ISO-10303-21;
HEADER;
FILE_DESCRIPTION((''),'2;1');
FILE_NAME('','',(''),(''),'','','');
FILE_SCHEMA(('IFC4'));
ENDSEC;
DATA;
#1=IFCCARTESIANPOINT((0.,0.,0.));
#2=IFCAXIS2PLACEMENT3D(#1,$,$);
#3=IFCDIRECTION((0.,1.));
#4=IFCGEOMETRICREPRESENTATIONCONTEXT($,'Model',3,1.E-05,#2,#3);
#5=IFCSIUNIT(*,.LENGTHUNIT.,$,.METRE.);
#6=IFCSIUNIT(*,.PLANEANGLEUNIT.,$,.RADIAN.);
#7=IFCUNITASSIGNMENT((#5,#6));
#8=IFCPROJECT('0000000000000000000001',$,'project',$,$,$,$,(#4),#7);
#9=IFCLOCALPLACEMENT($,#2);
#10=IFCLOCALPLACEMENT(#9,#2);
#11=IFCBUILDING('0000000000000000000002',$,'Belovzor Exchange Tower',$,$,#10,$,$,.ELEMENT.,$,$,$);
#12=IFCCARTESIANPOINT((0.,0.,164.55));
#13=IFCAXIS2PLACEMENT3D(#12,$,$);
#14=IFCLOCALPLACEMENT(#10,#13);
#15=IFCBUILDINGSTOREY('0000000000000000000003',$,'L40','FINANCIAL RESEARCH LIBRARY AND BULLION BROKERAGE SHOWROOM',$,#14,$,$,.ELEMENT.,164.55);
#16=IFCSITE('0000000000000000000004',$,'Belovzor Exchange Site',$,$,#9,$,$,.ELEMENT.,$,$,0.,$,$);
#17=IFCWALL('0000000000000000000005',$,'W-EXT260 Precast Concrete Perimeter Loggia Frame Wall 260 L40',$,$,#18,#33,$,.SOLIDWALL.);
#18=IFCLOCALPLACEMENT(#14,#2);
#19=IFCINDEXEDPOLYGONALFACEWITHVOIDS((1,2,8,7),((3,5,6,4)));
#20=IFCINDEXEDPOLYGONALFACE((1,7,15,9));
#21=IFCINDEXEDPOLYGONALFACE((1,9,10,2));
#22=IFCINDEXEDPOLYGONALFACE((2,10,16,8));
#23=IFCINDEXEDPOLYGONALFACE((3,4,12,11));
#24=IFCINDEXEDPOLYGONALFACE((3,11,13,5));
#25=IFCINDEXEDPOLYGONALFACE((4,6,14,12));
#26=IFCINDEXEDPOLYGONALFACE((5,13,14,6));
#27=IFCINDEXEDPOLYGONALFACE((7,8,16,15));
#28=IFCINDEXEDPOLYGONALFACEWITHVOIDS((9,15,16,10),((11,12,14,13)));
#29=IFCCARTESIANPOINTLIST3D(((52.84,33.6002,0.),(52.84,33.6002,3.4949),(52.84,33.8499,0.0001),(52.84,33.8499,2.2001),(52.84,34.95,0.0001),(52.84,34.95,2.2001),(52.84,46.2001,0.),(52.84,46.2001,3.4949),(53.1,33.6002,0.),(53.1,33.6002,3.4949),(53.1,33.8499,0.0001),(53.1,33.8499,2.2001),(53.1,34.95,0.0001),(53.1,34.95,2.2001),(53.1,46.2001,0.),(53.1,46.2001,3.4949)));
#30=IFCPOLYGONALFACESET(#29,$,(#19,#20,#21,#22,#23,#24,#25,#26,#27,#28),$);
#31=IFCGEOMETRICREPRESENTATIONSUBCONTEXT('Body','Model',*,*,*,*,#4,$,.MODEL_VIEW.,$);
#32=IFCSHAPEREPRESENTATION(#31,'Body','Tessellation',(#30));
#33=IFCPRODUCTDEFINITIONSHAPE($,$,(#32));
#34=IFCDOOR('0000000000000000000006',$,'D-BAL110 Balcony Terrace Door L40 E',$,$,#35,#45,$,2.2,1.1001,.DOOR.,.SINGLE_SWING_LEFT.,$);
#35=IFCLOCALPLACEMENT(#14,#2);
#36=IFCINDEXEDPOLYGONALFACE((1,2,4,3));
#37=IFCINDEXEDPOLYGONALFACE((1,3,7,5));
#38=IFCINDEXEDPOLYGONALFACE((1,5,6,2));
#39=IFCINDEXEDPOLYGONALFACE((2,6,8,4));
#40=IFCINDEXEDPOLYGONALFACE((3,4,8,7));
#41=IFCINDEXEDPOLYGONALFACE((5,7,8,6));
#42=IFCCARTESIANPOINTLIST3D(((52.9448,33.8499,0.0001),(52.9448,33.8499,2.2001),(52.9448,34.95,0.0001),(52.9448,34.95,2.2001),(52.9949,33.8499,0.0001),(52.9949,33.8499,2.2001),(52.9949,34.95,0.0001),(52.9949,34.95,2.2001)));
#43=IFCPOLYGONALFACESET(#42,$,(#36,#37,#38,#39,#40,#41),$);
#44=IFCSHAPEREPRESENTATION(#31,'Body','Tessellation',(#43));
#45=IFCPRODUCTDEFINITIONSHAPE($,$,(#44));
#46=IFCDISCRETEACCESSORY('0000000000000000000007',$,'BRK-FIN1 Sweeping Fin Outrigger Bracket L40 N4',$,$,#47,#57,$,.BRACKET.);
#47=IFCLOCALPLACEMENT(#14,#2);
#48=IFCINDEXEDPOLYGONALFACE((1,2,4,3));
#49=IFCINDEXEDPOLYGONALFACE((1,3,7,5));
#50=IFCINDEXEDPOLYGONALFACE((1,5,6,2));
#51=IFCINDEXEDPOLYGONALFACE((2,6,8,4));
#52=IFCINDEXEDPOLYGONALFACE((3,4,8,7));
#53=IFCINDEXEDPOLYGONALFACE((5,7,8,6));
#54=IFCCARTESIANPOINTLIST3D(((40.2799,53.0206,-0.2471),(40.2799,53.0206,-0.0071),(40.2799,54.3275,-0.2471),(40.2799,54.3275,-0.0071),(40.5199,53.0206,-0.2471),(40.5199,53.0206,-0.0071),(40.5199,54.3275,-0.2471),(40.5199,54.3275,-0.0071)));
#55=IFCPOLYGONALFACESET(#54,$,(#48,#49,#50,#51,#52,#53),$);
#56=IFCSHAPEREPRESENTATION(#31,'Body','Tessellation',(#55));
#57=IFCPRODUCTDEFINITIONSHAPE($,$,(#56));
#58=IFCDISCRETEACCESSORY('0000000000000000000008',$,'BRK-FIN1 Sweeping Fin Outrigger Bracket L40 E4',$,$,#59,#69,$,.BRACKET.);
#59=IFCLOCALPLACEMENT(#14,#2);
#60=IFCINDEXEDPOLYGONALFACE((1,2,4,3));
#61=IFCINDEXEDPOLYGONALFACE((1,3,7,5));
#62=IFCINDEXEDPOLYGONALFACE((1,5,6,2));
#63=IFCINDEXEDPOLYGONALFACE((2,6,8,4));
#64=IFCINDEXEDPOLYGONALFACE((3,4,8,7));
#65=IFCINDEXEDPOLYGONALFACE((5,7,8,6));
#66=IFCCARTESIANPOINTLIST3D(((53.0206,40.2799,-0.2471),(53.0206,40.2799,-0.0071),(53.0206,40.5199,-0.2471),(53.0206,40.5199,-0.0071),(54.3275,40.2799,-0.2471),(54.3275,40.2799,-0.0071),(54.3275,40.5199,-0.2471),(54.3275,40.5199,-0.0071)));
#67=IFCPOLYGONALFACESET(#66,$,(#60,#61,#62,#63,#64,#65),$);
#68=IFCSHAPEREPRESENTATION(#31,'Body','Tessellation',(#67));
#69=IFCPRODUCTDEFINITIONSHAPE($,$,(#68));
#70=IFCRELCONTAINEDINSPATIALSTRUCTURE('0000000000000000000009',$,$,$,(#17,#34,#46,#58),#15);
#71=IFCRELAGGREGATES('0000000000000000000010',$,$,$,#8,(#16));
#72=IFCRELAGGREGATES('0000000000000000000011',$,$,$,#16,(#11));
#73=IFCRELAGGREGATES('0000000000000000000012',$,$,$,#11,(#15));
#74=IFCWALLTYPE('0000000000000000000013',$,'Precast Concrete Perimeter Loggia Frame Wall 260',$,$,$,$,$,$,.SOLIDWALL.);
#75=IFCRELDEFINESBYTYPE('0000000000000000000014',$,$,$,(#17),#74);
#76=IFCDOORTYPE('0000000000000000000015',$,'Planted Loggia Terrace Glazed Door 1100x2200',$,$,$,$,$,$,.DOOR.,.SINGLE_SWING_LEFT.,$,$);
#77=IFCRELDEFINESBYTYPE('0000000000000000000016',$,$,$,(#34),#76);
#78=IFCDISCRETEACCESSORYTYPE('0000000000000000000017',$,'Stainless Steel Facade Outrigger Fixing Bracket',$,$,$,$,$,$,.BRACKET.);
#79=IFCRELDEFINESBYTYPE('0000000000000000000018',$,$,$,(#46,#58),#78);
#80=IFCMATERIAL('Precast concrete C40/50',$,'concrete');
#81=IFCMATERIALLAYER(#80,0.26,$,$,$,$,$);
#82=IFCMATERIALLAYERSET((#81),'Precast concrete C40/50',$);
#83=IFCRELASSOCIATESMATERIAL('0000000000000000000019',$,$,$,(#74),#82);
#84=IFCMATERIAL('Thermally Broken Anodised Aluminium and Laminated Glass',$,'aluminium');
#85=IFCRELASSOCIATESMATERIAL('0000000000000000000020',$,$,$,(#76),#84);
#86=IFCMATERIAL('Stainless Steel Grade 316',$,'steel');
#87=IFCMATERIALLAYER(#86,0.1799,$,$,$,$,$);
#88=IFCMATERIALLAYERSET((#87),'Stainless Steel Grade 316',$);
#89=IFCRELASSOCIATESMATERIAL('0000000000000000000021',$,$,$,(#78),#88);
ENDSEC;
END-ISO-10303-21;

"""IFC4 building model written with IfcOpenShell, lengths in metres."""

from ifc_helpers import new_model, si_unit, direction, frame, frame_2d, origin, origin_2d, place, context, subcontext, project, spatial, rectangle, extrude, material, layer, layer_set, type_object, element, fill, save


model = new_model("IFC4")

# Units and contexts
model_context = context("Model", 3, precision=1e-05, world=origin(), true_north=direction((0.0, 1.0)))
body_context = subcontext(model_context, "Body", "Model", "MODEL_VIEW")
ifc_project = project(units=[si_unit("LENGTHUNIT", "METRE"), si_unit("PLANEANGLEUNIT", "RADIAN")], contexts=[model_context])

# Site, building, storey
site_placement = place(None, origin())
site = spatial("IfcSite", under=ifc_project, at=site_placement, Name="Belovzor Exchange Site", CompositionType="ELEMENT", RefElevation=0.0)
building_placement = place(site_placement, origin())
building = spatial("IfcBuilding", under=site, at=building_placement, Name="Belovzor Exchange Tower", CompositionType="ELEMENT")
storey_placement = place(building_placement, frame((0.0, 0.0, 164.55)))
storey = spatial("IfcBuildingStorey", under=building, at=storey_placement, Name="L40", Description="FINANCIAL RESEARCH LIBRARY AND BULLION BROKERAGE SHOWROOM", CompositionType="ELEMENT", Elevation=164.55)

# Wall, opening, door
ifc_material_1 = material(Name="Precast concrete C40/50", Category="concrete")
ifc_layer_1 = layer(ifc_material_1, 0.26)
ifc_layer_set_1 = layer_set([ifc_layer_1], Name="Precast concrete C40/50")
wall_type_1 = type_object("IfcWallType", Name="Precast Concrete Perimeter Loggia Frame Wall 260", PredefinedType="SOLIDWALL", material=ifc_layer_set_1)
wall_1_placement = place(storey_placement, frame((52.97, 46.2, 0.0), z_axis=(0.0, 0.0, 1.0), x_axis=(0.0, -1.0, 0.0)))
wall_1 = element("IfcWall", 1, at=wall_1_placement, inside=storey, type_object=wall_type_1, Name="W-EXT260 Precast Concrete Perimeter Loggia Frame Wall 260 L40", PredefinedType="SOLIDWALL", context=body_context, shape_type="SweptSolid", body=[
    extrude(rectangle(XDim=12.5999, YDim=0.26, at=frame_2d((6.2998, 0.0))), origin(), (0.0, 0.0, 1.0), 3.4949),
])
opening_1_placement = place(wall_1_placement, frame((11.25, 0.0, 0.0)))
opening_1 = element("IfcOpeningElement", 2, at=opening_1_placement, cuts=wall_1, PredefinedType="OPENING", context=body_context, shape_type="SweptSolid", body=[
    extrude(rectangle(XDim=1.1001, YDim=2.2, at=frame_2d((0.55, 1.1001))), frame((0.0, 0.1399, 0.0), z_axis=(0.0, -1.0, 0.0), x_axis=(1.0, 0.0, 0.0)), (0.0, 0.0, 1.0), 0.28),
])
ifc_material_2 = material(Name="Thermally Broken Anodised Aluminium and Laminated Glass", Category="aluminium")
door_type_1 = type_object("IfcDoorType", Name="Planted Loggia Terrace Glazed Door 1100x2200", OperationType="SINGLE_SWING_LEFT", PredefinedType="DOOR", material=ifc_material_2)
door_1_placement = place(opening_1_placement, origin())
door_1 = element("IfcDoor", 3, at=door_1_placement, inside=storey, type_object=door_type_1, Name="D-BAL110 Balcony Terrace Door L40 E", OperationType="SINGLE_SWING_LEFT", OverallHeight=2.2, OverallWidth=1.1001, PredefinedType="DOOR", context=body_context, shape_type="SweptSolid", body=[
    extrude(rectangle(XDim=1.1001, YDim=2.2, at=frame_2d((0.55, 1.1001))), frame((0.0, 0.0249, 0.0), z_axis=(0.0, -1.0, 0.0), x_axis=(1.0, 0.0, 0.0)), (0.0, 0.0, 1.0), 0.05),
])
fill(opening_1, door_1)

# Discrete accessories
ifc_material_3 = material(Name="Stainless Steel Grade 316", Category="steel")
ifc_layer_2 = layer(ifc_material_3, 0.1799)
ifc_layer_set_2 = layer_set([ifc_layer_2], Name="Stainless Steel Grade 316")
discrete_accessory_type = type_object("IfcDiscreteAccessoryType", Name="Stainless Steel Facade Outrigger Fixing Bracket", PredefinedType="BRACKET", material=ifc_layer_set_2)
for number, where, z_axis, x_axis, name in (
    (4, (40.3999, 53.6741, -0.2471), (0.0, 0.0, 1.0), (0.0, 1.0, 0.0), "BRK-FIN1 Sweeping Fin Outrigger Bracket L40 N4"),
    (5, (53.6741, 40.3999, -0.2471), (0.0, 0.0, 1.0), (1.0, 0.0, 0.0), "BRK-FIN1 Sweeping Fin Outrigger Bracket L40 E4"),
):
    element("IfcDiscreteAccessory", number, at=place(storey_placement, frame(where, z_axis=z_axis, x_axis=x_axis)), inside=storey, type_object=discrete_accessory_type, Name=name, PredefinedType="BRACKET", context=body_context, shape_type="SweptSolid", body=[
        extrude(rectangle(XDim=1.3069, YDim=0.24, at=origin_2d()), origin(), (0.0, 0.0, 1.0), 0.24),
    ])

save(model, "model.ifc")
